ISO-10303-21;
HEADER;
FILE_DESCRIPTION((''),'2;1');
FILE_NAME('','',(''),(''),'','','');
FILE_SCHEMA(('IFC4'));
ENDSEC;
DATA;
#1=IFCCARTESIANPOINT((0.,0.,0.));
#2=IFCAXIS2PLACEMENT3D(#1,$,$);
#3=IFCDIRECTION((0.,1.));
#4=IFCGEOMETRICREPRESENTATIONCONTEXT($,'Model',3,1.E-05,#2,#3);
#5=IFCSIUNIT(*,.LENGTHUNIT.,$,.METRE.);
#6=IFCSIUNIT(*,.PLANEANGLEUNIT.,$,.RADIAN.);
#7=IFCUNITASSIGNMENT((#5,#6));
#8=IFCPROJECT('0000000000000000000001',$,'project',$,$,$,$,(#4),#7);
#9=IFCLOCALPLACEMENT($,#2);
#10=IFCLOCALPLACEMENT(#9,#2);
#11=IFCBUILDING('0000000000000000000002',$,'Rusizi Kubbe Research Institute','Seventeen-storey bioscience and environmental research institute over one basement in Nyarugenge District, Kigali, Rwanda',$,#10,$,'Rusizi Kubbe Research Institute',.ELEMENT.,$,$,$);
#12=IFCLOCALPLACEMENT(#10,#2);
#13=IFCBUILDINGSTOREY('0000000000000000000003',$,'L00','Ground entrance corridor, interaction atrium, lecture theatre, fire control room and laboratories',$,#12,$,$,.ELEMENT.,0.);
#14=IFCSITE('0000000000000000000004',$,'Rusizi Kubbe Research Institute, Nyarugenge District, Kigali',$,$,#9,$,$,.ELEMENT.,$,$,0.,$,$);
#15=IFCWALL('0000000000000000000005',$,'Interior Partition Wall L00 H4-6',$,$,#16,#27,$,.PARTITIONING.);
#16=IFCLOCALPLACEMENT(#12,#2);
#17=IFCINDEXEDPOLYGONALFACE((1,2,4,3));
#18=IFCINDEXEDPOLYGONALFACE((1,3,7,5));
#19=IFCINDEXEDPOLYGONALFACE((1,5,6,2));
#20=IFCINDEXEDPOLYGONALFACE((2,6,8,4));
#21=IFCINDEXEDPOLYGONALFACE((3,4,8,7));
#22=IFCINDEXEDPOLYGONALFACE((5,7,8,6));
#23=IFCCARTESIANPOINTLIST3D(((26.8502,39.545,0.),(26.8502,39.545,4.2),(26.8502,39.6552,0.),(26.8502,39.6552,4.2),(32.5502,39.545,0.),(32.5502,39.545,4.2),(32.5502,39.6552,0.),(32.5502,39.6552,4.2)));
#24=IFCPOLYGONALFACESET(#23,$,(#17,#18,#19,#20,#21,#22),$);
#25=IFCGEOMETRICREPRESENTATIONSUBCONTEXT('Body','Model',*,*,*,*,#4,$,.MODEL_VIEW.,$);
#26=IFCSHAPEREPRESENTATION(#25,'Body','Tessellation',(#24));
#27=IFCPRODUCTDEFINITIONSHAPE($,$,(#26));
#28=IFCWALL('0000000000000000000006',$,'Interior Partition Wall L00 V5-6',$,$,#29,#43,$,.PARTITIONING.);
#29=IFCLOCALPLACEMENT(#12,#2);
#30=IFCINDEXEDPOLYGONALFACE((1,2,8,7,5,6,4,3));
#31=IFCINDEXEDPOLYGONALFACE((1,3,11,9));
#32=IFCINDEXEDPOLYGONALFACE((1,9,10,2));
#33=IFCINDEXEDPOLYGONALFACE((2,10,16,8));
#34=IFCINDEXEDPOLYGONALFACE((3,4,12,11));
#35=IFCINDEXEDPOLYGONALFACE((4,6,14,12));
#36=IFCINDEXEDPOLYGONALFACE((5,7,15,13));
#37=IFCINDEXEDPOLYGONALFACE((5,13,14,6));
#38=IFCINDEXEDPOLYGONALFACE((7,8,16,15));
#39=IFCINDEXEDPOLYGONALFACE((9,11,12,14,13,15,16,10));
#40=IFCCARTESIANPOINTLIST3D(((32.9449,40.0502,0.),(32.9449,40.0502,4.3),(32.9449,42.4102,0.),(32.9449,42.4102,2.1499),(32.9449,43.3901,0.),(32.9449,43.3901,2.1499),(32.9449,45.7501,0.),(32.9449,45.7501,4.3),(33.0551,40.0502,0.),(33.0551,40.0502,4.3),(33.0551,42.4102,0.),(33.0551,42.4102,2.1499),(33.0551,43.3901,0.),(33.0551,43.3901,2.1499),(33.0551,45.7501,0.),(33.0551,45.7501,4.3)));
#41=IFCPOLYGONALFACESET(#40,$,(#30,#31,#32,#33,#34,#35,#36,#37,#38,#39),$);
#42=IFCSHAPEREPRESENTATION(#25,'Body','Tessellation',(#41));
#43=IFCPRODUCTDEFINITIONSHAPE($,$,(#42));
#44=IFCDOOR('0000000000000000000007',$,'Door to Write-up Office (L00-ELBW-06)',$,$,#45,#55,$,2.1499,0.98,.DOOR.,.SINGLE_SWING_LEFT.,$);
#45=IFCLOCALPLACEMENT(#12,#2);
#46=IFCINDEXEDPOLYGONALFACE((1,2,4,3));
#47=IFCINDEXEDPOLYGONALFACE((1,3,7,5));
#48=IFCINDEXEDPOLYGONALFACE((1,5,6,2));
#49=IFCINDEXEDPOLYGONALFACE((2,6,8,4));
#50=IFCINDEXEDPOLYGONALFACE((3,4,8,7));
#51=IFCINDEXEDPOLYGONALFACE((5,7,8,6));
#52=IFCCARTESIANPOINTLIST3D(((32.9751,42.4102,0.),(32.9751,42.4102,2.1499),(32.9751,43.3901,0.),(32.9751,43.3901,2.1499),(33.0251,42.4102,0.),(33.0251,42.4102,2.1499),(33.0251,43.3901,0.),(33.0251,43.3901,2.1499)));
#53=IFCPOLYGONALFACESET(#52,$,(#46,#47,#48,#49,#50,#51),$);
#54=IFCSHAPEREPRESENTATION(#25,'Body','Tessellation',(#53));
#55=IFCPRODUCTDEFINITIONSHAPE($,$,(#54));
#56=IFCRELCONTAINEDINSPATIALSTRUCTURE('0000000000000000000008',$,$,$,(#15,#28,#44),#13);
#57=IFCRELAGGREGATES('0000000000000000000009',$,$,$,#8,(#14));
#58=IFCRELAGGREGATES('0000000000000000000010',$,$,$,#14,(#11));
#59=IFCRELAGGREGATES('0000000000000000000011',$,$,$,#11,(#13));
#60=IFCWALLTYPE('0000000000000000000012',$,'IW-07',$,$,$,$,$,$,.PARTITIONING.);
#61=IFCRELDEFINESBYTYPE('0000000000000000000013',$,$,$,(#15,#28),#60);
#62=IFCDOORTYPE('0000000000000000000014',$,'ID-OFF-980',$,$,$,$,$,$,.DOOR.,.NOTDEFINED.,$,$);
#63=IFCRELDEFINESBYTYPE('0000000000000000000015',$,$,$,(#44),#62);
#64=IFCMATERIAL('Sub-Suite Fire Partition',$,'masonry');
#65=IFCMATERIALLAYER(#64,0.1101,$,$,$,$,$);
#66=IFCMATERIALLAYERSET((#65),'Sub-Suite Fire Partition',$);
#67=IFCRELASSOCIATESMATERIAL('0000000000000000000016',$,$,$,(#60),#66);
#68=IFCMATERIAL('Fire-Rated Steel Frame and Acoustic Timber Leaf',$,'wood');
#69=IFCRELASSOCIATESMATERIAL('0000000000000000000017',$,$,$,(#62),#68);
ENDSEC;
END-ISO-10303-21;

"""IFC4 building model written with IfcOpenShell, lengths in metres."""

from ifc_helpers import new_model, si_unit, direction, frame, frame_2d, origin, place, context, subcontext, project, spatial, rectangle, extrude, material, layer, layer_set, type_object, element, fill, save


model = new_model("IFC4")

# Units and contexts
model_context = context("Model", 3, precision=1e-05, world=origin(), true_north=direction((0.0, 1.0)))
body_context = subcontext(model_context, "Body", "Model", "MODEL_VIEW")
ifc_project = project(units=[si_unit("LENGTHUNIT", "METRE"), si_unit("PLANEANGLEUNIT", "RADIAN")], contexts=[model_context])

# Site, building, storey
site_placement = place(None, origin())
site = spatial("IfcSite", under=ifc_project, at=site_placement, Name="Rusizi Kubbe Research Institute, Nyarugenge District, Kigali", CompositionType="ELEMENT", RefElevation=0.0)
building_placement = place(site_placement, origin())
building = spatial("IfcBuilding", under=site, at=building_placement, Name="Rusizi Kubbe Research Institute", Description="Seventeen-storey bioscience and environmental research institute over one basement in Nyarugenge District, Kigali, Rwanda", LongName="Rusizi Kubbe Research Institute", CompositionType="ELEMENT")
storey_placement = place(building_placement, origin())
storey = spatial("IfcBuildingStorey", under=building, at=storey_placement, Name="L00", Description="Ground entrance corridor, interaction atrium, lecture theatre, fire control room and laboratories", CompositionType="ELEMENT", Elevation=0.0)

# Wall
ifc_material_1 = material(Name="Sub-Suite Fire Partition", Category="masonry")
ifc_layer_1 = layer(ifc_material_1, 0.1101)
ifc_layer_set_1 = layer_set([ifc_layer_1], Name="Sub-Suite Fire Partition")
wall_type_1 = type_object("IfcWallType", Name="IW-07", PredefinedType="PARTITIONING", material=ifc_layer_set_1)
wall_1_placement = place(storey_placement, frame((26.8501, 39.6001, 0.0), z_axis=(0.0, 0.0, 1.0), x_axis=(1.0, 0.0, 0.0)))
element("IfcWall", 1, at=wall_1_placement, inside=storey, type_object=wall_type_1, Name="Interior Partition Wall L00 H4-6", PredefinedType="PARTITIONING", context=body_context, shape_type="SweptSolid", body=[
    extrude(rectangle(XDim=5.7, YDim=0.1101, at=frame_2d((2.8501, 0.0))), origin(), (0.0, 0.0, 1.0), 4.2),
])

# Wall, opening, door
wall_2_placement = place(storey_placement, frame((33.0, 40.05, 0.0), z_axis=(0.0, 0.0, 1.0), x_axis=(0.0, 1.0, 0.0)))
wall_2 = element("IfcWall", 2, at=wall_2_placement, inside=storey, type_object=wall_type_1, Name="Interior Partition Wall L00 V5-6", PredefinedType="PARTITIONING", context=body_context, shape_type="SweptSolid", body=[
    extrude(rectangle(XDim=5.7, YDim=0.1101, at=frame_2d((2.8501, 0.0))), origin(), (0.0, 0.0, 1.0), 4.3),
])
opening_placement = place(wall_2_placement, frame((2.3601, 0.0, 0.0)))
opening = element("IfcOpeningElement", 3, at=opening_placement, cuts=wall_2, PredefinedType="OPENING", context=body_context, shape_type="SweptSolid", body=[
    extrude(rectangle(XDim=0.98, YDim=2.1499, at=frame_2d((0.49, 1.075))), frame((0.0, 0.0649, 0.0), z_axis=(0.0, -1.0, 0.0), x_axis=(1.0, 0.0, 0.0)), (0.0, 0.0, 1.0), 0.1301),
])
ifc_material_2 = material(Name="Fire-Rated Steel Frame and Acoustic Timber Leaf", Category="wood")
door_type = type_object("IfcDoorType", Name="ID-OFF-980", OperationType="NOTDEFINED", PredefinedType="DOOR", material=ifc_material_2)
door_placement = place(opening_placement, origin())
door = element("IfcDoor", 4, at=door_placement, inside=storey, type_object=door_type, Name="Door to Write-up Office (L00-ELBW-06)", OperationType="SINGLE_SWING_LEFT", OverallHeight=2.1499, OverallWidth=0.98, PredefinedType="DOOR", context=body_context, shape_type="SweptSolid", body=[
    extrude(rectangle(XDim=0.98, YDim=2.1499, at=frame_2d((0.49, 1.075))), frame((0.0, 0.0249, 0.0), z_axis=(0.0, -1.0, 0.0), x_axis=(1.0, 0.0, 0.0)), (0.0, 0.0, 1.0), 0.05),
])
fill(opening, door)

save(model, "model.ifc")
